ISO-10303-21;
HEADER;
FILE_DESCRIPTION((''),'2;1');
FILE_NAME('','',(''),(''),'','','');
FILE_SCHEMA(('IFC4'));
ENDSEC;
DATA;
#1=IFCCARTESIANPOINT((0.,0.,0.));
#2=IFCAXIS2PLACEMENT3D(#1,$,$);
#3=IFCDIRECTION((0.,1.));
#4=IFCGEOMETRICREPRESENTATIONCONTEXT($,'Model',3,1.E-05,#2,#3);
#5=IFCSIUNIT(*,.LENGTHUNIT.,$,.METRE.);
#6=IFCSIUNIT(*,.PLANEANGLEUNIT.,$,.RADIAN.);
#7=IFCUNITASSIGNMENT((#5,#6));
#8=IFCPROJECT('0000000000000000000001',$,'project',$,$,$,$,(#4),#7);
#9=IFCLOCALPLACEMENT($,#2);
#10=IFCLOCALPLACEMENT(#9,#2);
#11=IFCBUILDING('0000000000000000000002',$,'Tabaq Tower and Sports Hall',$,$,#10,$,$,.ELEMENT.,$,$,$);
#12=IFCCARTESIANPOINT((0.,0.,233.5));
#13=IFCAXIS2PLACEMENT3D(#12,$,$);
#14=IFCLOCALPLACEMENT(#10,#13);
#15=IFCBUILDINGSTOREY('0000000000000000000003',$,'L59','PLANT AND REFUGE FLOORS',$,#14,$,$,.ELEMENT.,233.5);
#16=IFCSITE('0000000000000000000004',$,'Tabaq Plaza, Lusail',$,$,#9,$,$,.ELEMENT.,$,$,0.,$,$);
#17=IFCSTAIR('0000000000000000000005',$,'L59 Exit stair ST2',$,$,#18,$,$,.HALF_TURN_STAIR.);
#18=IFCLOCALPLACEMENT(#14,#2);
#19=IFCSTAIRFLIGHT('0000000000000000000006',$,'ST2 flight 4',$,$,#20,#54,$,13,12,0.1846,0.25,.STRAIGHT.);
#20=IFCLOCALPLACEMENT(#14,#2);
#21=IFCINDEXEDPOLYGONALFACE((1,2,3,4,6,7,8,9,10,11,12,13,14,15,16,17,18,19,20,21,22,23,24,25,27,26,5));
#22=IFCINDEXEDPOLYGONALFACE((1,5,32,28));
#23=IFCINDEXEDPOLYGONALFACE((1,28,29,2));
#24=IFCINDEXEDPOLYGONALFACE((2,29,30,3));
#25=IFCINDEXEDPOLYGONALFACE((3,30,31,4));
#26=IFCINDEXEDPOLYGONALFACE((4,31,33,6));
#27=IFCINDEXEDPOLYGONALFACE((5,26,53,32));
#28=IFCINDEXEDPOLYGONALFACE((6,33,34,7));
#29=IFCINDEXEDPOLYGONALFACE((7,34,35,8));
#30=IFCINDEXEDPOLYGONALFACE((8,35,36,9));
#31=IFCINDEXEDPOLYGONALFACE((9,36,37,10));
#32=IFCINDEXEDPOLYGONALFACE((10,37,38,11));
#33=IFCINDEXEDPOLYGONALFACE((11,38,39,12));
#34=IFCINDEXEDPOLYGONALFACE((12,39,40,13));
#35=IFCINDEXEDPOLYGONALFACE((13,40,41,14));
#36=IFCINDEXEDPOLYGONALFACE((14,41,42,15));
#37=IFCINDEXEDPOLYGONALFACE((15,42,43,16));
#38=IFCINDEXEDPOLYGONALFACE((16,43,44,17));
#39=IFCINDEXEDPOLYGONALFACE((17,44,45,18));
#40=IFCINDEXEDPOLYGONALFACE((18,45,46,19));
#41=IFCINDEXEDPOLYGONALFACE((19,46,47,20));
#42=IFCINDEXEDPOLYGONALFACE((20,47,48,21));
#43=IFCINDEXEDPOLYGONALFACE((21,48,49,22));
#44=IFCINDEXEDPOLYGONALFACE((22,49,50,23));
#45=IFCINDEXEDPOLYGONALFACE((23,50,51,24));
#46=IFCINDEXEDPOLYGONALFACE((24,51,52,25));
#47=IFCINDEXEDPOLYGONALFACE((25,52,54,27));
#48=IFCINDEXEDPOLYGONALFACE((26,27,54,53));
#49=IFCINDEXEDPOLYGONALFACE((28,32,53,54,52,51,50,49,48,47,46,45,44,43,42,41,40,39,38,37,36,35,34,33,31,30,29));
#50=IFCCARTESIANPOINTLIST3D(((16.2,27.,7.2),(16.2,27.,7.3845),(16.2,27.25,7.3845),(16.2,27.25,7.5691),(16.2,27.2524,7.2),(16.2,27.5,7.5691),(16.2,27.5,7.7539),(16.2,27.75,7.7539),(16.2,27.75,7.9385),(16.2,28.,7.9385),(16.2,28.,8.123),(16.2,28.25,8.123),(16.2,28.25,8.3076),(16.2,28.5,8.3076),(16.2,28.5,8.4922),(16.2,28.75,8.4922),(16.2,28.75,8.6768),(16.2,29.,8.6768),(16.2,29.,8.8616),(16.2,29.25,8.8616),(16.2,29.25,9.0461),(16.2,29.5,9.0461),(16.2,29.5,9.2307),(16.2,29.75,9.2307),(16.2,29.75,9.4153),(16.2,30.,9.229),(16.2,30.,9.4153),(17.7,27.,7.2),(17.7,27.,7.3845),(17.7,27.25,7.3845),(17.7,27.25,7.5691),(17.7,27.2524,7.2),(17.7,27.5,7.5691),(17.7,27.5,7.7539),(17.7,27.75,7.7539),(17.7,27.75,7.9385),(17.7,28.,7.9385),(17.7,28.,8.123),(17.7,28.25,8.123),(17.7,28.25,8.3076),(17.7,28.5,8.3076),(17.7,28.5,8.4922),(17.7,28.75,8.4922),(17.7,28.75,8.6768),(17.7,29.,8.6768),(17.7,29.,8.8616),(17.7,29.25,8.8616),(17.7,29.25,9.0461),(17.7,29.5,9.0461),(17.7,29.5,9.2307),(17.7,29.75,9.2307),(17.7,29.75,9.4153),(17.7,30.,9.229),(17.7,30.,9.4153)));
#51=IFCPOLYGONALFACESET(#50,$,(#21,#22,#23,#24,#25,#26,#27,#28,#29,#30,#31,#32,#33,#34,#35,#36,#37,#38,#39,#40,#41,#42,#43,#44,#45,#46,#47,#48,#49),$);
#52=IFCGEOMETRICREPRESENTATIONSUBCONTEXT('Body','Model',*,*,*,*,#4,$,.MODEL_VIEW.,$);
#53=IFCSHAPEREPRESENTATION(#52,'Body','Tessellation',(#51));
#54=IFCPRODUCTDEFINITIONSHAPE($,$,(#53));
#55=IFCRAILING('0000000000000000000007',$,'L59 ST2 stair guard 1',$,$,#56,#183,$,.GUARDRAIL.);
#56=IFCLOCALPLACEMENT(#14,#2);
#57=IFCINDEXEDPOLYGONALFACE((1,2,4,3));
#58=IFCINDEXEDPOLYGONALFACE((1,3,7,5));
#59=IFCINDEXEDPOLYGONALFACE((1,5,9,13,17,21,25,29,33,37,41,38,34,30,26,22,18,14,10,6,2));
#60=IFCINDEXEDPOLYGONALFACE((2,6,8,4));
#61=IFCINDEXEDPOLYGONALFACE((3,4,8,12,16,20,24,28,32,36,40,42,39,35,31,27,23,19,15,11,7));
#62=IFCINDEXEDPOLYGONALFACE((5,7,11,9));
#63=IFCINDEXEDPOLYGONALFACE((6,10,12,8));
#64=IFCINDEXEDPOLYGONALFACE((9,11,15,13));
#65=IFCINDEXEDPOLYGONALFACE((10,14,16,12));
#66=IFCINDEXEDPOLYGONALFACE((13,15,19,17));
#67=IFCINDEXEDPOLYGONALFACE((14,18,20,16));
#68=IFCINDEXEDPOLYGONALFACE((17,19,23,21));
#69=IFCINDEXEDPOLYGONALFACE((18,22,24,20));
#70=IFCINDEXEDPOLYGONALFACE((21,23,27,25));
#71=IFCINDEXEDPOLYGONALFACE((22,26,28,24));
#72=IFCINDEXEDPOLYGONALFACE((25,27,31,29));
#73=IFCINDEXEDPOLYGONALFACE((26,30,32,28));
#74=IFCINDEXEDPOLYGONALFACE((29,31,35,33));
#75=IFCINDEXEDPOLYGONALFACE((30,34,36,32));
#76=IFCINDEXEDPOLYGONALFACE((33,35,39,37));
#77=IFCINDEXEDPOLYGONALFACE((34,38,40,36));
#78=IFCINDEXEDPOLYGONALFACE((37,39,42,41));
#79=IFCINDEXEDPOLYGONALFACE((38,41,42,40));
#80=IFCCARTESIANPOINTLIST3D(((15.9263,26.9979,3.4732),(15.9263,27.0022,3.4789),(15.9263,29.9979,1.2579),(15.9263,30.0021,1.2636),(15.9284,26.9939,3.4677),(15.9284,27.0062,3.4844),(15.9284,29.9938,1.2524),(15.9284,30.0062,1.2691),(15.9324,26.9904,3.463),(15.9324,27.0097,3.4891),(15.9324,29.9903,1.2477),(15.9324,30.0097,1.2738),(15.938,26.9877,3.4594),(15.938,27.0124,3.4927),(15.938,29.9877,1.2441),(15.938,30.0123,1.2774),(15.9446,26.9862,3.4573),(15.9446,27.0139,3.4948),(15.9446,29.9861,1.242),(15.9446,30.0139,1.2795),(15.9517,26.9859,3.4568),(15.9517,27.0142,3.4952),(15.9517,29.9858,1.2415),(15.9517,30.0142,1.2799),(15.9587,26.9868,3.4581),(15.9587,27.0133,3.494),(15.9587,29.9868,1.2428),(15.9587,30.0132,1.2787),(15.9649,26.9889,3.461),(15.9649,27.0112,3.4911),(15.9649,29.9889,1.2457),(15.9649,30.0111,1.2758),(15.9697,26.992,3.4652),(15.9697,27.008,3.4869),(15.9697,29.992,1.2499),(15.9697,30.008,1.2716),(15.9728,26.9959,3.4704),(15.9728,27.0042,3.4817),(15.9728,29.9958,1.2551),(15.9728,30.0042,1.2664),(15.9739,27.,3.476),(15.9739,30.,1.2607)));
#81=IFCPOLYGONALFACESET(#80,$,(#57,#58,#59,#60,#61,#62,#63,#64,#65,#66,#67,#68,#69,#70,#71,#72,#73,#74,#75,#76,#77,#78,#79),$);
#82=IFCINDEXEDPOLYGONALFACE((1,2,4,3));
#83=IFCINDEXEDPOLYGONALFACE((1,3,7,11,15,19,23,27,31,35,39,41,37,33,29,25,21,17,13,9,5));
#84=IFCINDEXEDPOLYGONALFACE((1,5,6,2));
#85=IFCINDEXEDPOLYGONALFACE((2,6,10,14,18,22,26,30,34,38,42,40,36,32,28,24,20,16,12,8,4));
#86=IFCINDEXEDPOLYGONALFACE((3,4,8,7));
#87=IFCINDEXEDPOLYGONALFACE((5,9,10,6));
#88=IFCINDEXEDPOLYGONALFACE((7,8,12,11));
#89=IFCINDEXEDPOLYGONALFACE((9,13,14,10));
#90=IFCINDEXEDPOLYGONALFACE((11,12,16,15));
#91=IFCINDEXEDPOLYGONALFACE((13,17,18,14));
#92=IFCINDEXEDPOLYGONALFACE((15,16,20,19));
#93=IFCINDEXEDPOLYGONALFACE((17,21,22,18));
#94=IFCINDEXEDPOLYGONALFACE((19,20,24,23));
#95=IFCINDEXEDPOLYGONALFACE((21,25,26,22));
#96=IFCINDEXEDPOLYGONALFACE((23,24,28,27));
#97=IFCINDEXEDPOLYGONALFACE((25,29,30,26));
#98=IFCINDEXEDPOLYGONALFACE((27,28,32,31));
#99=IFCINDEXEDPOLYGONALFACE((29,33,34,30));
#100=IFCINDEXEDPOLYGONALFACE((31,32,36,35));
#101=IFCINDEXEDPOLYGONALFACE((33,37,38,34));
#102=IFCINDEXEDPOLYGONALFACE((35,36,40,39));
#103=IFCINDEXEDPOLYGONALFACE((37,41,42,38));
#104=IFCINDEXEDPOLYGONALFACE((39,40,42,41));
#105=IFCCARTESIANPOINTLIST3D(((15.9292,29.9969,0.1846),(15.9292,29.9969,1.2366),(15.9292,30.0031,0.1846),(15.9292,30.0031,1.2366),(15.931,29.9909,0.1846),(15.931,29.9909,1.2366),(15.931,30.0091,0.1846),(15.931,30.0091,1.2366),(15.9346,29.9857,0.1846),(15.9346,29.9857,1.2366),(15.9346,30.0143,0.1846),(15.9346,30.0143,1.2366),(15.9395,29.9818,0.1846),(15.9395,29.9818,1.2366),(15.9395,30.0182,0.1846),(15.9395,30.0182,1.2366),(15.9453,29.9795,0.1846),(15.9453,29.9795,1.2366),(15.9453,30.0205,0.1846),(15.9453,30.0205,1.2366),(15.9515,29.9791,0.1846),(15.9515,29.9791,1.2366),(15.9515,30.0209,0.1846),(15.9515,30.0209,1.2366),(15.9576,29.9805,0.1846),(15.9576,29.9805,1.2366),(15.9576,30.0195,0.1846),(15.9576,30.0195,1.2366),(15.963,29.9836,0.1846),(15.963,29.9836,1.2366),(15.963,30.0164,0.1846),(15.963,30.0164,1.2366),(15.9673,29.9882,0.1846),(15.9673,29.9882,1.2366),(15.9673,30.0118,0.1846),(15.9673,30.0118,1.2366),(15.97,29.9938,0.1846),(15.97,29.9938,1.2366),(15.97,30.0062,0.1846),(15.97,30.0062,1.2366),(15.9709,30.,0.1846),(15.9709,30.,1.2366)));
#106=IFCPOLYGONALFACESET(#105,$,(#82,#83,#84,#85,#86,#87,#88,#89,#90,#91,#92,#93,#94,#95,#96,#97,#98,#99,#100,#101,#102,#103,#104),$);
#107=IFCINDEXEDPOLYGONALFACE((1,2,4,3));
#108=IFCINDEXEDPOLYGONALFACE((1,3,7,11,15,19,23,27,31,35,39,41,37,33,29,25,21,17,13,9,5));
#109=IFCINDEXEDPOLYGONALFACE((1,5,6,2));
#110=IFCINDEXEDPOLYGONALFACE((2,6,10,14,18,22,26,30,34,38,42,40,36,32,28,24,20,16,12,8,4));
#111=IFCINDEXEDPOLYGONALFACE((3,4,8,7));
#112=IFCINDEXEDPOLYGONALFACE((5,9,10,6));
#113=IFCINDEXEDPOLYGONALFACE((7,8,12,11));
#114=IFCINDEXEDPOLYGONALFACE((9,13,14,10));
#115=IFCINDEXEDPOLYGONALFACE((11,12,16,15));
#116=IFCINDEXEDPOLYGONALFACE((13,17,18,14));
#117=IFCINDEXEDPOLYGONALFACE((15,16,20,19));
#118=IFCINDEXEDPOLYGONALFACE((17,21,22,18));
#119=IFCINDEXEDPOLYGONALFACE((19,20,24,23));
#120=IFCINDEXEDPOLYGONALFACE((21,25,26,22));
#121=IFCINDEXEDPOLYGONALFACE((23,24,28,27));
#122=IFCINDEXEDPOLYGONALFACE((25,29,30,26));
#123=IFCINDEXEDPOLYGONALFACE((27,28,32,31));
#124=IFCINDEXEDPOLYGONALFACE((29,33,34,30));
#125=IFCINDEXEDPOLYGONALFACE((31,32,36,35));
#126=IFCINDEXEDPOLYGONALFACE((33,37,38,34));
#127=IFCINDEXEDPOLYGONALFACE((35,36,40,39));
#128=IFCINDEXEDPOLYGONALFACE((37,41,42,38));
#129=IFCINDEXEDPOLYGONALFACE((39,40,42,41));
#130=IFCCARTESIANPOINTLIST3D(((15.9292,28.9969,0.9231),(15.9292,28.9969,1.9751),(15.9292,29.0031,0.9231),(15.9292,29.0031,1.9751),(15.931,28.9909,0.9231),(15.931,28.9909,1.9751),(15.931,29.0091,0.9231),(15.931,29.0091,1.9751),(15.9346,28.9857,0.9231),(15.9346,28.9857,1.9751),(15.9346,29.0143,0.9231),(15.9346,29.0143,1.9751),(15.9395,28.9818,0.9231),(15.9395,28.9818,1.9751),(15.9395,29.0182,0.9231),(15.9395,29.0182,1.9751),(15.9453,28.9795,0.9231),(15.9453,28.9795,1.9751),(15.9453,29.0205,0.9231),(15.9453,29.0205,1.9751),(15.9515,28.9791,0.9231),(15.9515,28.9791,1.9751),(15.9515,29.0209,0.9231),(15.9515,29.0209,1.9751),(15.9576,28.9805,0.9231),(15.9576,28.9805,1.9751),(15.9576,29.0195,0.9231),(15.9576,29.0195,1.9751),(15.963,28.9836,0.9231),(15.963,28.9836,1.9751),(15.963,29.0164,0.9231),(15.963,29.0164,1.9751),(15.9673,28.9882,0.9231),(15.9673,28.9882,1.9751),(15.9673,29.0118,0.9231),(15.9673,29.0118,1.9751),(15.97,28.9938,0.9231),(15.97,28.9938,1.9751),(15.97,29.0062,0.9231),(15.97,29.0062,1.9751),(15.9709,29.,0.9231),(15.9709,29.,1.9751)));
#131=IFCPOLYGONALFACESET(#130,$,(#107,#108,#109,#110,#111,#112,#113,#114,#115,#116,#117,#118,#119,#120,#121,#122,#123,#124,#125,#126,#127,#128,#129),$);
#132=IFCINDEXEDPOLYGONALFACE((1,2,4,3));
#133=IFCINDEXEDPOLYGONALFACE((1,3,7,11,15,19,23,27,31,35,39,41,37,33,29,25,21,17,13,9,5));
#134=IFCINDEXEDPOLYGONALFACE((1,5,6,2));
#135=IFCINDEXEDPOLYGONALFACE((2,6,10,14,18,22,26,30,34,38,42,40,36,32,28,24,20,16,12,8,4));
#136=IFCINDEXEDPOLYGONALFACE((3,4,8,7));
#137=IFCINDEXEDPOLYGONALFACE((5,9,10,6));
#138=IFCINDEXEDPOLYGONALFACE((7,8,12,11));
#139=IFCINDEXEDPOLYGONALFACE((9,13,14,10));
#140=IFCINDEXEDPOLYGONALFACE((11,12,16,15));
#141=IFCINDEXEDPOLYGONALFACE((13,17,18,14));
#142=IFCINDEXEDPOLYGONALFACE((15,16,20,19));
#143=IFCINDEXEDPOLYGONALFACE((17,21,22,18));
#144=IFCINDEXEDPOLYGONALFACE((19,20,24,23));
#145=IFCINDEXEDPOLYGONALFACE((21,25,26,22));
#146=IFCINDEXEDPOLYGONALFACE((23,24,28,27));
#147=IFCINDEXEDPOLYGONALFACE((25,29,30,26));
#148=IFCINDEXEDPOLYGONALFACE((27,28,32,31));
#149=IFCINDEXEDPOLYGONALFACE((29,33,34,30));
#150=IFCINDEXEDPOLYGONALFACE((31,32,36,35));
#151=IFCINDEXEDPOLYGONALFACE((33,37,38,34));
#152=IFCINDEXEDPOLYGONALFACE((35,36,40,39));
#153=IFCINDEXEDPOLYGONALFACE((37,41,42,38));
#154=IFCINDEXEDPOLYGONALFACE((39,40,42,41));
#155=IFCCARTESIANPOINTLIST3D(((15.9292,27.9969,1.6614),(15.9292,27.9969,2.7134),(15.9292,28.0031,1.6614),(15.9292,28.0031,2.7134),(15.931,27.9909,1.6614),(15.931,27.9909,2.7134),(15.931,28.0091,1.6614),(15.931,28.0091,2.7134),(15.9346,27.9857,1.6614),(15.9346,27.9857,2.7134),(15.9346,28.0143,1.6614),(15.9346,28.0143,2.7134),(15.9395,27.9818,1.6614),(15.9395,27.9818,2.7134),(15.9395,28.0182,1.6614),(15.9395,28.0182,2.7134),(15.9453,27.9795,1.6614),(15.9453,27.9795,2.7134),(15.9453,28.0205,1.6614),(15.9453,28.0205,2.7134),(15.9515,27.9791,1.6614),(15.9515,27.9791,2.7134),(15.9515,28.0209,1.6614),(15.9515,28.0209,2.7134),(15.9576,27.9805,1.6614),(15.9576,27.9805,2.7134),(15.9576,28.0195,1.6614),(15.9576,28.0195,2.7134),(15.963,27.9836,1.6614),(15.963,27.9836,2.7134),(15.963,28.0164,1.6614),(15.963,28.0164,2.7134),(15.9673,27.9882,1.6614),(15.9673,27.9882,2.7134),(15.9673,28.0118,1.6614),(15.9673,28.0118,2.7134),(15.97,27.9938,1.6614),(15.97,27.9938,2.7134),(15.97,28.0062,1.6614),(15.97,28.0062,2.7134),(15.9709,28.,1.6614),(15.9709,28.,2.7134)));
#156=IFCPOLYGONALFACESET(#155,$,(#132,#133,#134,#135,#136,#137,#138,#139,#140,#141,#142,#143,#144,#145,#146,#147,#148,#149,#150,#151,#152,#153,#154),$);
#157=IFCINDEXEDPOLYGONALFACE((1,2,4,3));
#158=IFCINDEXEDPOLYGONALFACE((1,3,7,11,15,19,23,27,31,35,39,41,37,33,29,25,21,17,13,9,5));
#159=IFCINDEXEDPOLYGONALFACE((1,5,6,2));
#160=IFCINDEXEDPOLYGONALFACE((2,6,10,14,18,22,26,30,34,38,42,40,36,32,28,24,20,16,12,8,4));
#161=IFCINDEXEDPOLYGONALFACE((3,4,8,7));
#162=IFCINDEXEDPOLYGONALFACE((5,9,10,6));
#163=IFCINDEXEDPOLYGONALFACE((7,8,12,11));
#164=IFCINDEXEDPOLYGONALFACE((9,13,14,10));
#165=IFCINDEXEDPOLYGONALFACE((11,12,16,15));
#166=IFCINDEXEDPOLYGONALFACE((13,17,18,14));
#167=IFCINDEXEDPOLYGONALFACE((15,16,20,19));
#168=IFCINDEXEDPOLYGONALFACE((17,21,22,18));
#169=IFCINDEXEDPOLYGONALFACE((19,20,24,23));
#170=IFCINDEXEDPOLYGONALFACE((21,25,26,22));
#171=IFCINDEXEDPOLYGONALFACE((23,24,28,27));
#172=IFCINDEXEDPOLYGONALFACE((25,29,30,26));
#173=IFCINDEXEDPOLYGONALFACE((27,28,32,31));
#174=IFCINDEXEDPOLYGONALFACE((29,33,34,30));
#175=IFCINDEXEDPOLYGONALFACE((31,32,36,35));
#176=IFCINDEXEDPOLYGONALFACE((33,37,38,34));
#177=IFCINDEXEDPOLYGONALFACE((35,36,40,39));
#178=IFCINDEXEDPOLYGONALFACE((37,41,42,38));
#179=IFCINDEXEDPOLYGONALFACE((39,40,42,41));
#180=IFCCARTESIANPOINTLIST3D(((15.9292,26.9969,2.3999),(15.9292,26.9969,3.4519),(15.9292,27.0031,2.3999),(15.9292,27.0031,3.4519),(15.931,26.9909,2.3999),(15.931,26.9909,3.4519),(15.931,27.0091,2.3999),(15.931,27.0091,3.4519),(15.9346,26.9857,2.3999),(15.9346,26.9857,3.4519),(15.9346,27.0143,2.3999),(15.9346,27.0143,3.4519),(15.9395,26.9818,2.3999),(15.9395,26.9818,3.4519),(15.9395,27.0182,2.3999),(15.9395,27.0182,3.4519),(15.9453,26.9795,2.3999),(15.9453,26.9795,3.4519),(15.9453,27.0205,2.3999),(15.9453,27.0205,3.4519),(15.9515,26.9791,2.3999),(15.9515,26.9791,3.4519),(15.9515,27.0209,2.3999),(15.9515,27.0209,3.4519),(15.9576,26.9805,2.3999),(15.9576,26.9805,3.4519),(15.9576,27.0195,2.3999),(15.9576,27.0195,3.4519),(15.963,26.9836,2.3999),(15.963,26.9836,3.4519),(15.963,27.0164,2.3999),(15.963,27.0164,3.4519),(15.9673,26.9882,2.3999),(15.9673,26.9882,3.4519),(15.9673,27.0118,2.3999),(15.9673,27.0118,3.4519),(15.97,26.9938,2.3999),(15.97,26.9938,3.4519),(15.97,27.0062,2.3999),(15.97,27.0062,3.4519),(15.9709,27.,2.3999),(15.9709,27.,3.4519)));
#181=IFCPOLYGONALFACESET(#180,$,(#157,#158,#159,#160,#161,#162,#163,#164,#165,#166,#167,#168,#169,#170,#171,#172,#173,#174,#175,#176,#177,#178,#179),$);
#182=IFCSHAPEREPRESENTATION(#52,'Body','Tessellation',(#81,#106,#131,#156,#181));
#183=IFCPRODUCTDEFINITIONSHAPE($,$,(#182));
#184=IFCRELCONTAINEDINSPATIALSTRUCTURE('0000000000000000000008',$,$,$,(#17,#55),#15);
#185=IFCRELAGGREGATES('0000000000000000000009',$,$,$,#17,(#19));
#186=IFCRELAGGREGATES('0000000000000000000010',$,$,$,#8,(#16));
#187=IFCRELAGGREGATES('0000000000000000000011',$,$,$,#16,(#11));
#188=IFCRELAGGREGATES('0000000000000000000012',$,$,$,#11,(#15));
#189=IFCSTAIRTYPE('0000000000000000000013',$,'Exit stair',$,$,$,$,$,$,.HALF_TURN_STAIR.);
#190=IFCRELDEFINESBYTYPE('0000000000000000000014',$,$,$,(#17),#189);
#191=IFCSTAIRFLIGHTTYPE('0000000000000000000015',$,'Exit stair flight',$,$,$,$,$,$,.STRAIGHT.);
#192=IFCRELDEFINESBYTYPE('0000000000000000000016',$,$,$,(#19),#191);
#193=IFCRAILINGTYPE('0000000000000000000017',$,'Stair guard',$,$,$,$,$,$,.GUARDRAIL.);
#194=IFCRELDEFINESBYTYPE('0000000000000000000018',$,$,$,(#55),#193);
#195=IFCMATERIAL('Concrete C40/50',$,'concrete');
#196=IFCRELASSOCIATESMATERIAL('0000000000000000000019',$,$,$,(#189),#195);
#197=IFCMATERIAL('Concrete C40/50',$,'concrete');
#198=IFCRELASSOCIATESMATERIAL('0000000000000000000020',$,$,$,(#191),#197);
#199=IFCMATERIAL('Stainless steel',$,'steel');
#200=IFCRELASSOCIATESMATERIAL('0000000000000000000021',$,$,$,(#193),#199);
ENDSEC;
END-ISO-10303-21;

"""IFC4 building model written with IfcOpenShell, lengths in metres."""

from ifc_helpers import new_model, si_unit, direction, frame, origin, origin_2d, place, context, subcontext, project, spatial, polyline, circle, outline, extrude, material, type_object, element, aggregate, save


model = new_model("IFC4")

# Units and contexts
model_context = context("Model", 3, precision=1e-05, world=origin(), true_north=direction((0.0, 1.0)))
body_context = subcontext(model_context, "Body", "Model", "MODEL_VIEW")
ifc_project = project(units=[si_unit("LENGTHUNIT", "METRE"), si_unit("PLANEANGLEUNIT", "RADIAN")], contexts=[model_context])

# Site, building, storey
site_placement = place(None, origin())
site = spatial("IfcSite", under=ifc_project, at=site_placement, Name="Tabaq Plaza, Lusail", CompositionType="ELEMENT", RefElevation=0.0)
building_placement = place(site_placement, origin())
building = spatial("IfcBuilding", under=site, at=building_placement, Name="Tabaq Tower and Sports Hall", CompositionType="ELEMENT")
storey_placement = place(building_placement, frame((0.0, 0.0, 233.5)))
storey = spatial("IfcBuildingStorey", under=building, at=storey_placement, Name="L59", Description="PLANT AND REFUGE FLOORS", CompositionType="ELEMENT", Elevation=233.5)

# Stair, stair flight
ifc_material_1 = material(Name="Concrete C40/50", Category="concrete")
stair_type = type_object("IfcStairType", Name="Exit stair", PredefinedType="HALF_TURN_STAIR", material=ifc_material_1)
stair_placement = place(storey_placement, origin())
stair = element("IfcStair", 1, at=stair_placement, inside=storey, type_object=stair_type, Name="L59 Exit stair ST2", PredefinedType="HALF_TURN_STAIR")
ifc_material_2 = material(Name="Concrete C40/50", Category="concrete")
stair_flight_type = type_object("IfcStairFlightType", Name="Exit stair flight", PredefinedType="STRAIGHT", material=ifc_material_2)
stair_flight_1_placement = place(storey_placement, frame((16.95, 27.0, 7.2), z_axis=(0.0, 0.0, 1.0), x_axis=(0.0, 1.0, 0.0)))
stair_flight_1 = element("IfcStairFlight", 2, at=stair_flight_1_placement, type_object=stair_flight_type, Name="ST2 flight 4", NumberOfRisers=13, NumberOfTreads=12, PredefinedType="STRAIGHT", RiserHeight=0.1846, TreadLength=0.25, context=body_context, shape_type="SweptSolid", body=[
    extrude(outline(polyline([(0.0, 0.0), (0.0, 0.1846), (0.25, 0.1846), (0.25, 0.3691), (0.5, 0.3691), (0.5, 0.554), (0.75, 0.554), (0.75, 0.7385), (1.0, 0.7385), (1.0, 0.9231), (1.25, 0.9231), (1.25, 1.1077), (1.5, 1.1077), (1.5, 1.2922), (1.75, 1.2922), (1.75, 1.4768), (2.0, 1.4768), (2.0, 1.6616), (2.25, 1.6616), (2.25, 1.8462), (2.5, 1.8462), (2.5, 2.0308), (2.75, 2.0308), (2.75, 2.2153), (3.0, 2.2153), (3.0, 2.3999), (3.0, 2.0291), (0.2524, 0.0), (0.0, 0.0)])), frame((0.0, 0.75, 0.0), z_axis=(0.0, -1.0, 0.0), x_axis=(1.0, 0.0, 0.0)), (0.0, 0.0, 1.0), 1.5),
])
aggregate(stair, [stair_flight_1])

# Railing
ifc_material_3 = material(Name="Stainless steel", Category="steel")
railing_type_1 = type_object("IfcRailingType", Name="Stair guard", PredefinedType="GUARDRAIL", material=ifc_material_3)
railing_1_placement = place(storey_placement, frame((15.95, 30.0, 0.1846)))
element("IfcRailing", 3, at=railing_1_placement, inside=storey, type_object=railing_type_1, Name="L59 ST2 stair guard 1", PredefinedType="GUARDRAIL", context=body_context, shape_type="SweptSolid", body=[
    extrude(circle(Radius=0.0239, at=origin_2d()), frame((0.0, 0.0, 1.0762), z_axis=(0.0, -0.80444, 0.594034), x_axis=(1.0, 0.0, 0.0)), (0.0, 0.0, 1.0), 3.7292),
    extrude(circle(Radius=0.021, at=origin_2d()), origin(), (0.0, 0.0, 1.0), 1.052),
    extrude(circle(Radius=0.021, at=origin_2d()), frame((0.0, -1.0, 0.7385)), (0.0, 0.0, 1.0), 1.052),
    extrude(circle(Radius=0.021, at=origin_2d()), frame((0.0, -2.0, 1.4768)), (0.0, 0.0, 1.0), 1.052),
    extrude(circle(Radius=0.021, at=origin_2d()), frame((0.0, -3.0, 2.2153)), (0.0, 0.0, 1.0), 1.052),
])

save(model, "model.ifc")
